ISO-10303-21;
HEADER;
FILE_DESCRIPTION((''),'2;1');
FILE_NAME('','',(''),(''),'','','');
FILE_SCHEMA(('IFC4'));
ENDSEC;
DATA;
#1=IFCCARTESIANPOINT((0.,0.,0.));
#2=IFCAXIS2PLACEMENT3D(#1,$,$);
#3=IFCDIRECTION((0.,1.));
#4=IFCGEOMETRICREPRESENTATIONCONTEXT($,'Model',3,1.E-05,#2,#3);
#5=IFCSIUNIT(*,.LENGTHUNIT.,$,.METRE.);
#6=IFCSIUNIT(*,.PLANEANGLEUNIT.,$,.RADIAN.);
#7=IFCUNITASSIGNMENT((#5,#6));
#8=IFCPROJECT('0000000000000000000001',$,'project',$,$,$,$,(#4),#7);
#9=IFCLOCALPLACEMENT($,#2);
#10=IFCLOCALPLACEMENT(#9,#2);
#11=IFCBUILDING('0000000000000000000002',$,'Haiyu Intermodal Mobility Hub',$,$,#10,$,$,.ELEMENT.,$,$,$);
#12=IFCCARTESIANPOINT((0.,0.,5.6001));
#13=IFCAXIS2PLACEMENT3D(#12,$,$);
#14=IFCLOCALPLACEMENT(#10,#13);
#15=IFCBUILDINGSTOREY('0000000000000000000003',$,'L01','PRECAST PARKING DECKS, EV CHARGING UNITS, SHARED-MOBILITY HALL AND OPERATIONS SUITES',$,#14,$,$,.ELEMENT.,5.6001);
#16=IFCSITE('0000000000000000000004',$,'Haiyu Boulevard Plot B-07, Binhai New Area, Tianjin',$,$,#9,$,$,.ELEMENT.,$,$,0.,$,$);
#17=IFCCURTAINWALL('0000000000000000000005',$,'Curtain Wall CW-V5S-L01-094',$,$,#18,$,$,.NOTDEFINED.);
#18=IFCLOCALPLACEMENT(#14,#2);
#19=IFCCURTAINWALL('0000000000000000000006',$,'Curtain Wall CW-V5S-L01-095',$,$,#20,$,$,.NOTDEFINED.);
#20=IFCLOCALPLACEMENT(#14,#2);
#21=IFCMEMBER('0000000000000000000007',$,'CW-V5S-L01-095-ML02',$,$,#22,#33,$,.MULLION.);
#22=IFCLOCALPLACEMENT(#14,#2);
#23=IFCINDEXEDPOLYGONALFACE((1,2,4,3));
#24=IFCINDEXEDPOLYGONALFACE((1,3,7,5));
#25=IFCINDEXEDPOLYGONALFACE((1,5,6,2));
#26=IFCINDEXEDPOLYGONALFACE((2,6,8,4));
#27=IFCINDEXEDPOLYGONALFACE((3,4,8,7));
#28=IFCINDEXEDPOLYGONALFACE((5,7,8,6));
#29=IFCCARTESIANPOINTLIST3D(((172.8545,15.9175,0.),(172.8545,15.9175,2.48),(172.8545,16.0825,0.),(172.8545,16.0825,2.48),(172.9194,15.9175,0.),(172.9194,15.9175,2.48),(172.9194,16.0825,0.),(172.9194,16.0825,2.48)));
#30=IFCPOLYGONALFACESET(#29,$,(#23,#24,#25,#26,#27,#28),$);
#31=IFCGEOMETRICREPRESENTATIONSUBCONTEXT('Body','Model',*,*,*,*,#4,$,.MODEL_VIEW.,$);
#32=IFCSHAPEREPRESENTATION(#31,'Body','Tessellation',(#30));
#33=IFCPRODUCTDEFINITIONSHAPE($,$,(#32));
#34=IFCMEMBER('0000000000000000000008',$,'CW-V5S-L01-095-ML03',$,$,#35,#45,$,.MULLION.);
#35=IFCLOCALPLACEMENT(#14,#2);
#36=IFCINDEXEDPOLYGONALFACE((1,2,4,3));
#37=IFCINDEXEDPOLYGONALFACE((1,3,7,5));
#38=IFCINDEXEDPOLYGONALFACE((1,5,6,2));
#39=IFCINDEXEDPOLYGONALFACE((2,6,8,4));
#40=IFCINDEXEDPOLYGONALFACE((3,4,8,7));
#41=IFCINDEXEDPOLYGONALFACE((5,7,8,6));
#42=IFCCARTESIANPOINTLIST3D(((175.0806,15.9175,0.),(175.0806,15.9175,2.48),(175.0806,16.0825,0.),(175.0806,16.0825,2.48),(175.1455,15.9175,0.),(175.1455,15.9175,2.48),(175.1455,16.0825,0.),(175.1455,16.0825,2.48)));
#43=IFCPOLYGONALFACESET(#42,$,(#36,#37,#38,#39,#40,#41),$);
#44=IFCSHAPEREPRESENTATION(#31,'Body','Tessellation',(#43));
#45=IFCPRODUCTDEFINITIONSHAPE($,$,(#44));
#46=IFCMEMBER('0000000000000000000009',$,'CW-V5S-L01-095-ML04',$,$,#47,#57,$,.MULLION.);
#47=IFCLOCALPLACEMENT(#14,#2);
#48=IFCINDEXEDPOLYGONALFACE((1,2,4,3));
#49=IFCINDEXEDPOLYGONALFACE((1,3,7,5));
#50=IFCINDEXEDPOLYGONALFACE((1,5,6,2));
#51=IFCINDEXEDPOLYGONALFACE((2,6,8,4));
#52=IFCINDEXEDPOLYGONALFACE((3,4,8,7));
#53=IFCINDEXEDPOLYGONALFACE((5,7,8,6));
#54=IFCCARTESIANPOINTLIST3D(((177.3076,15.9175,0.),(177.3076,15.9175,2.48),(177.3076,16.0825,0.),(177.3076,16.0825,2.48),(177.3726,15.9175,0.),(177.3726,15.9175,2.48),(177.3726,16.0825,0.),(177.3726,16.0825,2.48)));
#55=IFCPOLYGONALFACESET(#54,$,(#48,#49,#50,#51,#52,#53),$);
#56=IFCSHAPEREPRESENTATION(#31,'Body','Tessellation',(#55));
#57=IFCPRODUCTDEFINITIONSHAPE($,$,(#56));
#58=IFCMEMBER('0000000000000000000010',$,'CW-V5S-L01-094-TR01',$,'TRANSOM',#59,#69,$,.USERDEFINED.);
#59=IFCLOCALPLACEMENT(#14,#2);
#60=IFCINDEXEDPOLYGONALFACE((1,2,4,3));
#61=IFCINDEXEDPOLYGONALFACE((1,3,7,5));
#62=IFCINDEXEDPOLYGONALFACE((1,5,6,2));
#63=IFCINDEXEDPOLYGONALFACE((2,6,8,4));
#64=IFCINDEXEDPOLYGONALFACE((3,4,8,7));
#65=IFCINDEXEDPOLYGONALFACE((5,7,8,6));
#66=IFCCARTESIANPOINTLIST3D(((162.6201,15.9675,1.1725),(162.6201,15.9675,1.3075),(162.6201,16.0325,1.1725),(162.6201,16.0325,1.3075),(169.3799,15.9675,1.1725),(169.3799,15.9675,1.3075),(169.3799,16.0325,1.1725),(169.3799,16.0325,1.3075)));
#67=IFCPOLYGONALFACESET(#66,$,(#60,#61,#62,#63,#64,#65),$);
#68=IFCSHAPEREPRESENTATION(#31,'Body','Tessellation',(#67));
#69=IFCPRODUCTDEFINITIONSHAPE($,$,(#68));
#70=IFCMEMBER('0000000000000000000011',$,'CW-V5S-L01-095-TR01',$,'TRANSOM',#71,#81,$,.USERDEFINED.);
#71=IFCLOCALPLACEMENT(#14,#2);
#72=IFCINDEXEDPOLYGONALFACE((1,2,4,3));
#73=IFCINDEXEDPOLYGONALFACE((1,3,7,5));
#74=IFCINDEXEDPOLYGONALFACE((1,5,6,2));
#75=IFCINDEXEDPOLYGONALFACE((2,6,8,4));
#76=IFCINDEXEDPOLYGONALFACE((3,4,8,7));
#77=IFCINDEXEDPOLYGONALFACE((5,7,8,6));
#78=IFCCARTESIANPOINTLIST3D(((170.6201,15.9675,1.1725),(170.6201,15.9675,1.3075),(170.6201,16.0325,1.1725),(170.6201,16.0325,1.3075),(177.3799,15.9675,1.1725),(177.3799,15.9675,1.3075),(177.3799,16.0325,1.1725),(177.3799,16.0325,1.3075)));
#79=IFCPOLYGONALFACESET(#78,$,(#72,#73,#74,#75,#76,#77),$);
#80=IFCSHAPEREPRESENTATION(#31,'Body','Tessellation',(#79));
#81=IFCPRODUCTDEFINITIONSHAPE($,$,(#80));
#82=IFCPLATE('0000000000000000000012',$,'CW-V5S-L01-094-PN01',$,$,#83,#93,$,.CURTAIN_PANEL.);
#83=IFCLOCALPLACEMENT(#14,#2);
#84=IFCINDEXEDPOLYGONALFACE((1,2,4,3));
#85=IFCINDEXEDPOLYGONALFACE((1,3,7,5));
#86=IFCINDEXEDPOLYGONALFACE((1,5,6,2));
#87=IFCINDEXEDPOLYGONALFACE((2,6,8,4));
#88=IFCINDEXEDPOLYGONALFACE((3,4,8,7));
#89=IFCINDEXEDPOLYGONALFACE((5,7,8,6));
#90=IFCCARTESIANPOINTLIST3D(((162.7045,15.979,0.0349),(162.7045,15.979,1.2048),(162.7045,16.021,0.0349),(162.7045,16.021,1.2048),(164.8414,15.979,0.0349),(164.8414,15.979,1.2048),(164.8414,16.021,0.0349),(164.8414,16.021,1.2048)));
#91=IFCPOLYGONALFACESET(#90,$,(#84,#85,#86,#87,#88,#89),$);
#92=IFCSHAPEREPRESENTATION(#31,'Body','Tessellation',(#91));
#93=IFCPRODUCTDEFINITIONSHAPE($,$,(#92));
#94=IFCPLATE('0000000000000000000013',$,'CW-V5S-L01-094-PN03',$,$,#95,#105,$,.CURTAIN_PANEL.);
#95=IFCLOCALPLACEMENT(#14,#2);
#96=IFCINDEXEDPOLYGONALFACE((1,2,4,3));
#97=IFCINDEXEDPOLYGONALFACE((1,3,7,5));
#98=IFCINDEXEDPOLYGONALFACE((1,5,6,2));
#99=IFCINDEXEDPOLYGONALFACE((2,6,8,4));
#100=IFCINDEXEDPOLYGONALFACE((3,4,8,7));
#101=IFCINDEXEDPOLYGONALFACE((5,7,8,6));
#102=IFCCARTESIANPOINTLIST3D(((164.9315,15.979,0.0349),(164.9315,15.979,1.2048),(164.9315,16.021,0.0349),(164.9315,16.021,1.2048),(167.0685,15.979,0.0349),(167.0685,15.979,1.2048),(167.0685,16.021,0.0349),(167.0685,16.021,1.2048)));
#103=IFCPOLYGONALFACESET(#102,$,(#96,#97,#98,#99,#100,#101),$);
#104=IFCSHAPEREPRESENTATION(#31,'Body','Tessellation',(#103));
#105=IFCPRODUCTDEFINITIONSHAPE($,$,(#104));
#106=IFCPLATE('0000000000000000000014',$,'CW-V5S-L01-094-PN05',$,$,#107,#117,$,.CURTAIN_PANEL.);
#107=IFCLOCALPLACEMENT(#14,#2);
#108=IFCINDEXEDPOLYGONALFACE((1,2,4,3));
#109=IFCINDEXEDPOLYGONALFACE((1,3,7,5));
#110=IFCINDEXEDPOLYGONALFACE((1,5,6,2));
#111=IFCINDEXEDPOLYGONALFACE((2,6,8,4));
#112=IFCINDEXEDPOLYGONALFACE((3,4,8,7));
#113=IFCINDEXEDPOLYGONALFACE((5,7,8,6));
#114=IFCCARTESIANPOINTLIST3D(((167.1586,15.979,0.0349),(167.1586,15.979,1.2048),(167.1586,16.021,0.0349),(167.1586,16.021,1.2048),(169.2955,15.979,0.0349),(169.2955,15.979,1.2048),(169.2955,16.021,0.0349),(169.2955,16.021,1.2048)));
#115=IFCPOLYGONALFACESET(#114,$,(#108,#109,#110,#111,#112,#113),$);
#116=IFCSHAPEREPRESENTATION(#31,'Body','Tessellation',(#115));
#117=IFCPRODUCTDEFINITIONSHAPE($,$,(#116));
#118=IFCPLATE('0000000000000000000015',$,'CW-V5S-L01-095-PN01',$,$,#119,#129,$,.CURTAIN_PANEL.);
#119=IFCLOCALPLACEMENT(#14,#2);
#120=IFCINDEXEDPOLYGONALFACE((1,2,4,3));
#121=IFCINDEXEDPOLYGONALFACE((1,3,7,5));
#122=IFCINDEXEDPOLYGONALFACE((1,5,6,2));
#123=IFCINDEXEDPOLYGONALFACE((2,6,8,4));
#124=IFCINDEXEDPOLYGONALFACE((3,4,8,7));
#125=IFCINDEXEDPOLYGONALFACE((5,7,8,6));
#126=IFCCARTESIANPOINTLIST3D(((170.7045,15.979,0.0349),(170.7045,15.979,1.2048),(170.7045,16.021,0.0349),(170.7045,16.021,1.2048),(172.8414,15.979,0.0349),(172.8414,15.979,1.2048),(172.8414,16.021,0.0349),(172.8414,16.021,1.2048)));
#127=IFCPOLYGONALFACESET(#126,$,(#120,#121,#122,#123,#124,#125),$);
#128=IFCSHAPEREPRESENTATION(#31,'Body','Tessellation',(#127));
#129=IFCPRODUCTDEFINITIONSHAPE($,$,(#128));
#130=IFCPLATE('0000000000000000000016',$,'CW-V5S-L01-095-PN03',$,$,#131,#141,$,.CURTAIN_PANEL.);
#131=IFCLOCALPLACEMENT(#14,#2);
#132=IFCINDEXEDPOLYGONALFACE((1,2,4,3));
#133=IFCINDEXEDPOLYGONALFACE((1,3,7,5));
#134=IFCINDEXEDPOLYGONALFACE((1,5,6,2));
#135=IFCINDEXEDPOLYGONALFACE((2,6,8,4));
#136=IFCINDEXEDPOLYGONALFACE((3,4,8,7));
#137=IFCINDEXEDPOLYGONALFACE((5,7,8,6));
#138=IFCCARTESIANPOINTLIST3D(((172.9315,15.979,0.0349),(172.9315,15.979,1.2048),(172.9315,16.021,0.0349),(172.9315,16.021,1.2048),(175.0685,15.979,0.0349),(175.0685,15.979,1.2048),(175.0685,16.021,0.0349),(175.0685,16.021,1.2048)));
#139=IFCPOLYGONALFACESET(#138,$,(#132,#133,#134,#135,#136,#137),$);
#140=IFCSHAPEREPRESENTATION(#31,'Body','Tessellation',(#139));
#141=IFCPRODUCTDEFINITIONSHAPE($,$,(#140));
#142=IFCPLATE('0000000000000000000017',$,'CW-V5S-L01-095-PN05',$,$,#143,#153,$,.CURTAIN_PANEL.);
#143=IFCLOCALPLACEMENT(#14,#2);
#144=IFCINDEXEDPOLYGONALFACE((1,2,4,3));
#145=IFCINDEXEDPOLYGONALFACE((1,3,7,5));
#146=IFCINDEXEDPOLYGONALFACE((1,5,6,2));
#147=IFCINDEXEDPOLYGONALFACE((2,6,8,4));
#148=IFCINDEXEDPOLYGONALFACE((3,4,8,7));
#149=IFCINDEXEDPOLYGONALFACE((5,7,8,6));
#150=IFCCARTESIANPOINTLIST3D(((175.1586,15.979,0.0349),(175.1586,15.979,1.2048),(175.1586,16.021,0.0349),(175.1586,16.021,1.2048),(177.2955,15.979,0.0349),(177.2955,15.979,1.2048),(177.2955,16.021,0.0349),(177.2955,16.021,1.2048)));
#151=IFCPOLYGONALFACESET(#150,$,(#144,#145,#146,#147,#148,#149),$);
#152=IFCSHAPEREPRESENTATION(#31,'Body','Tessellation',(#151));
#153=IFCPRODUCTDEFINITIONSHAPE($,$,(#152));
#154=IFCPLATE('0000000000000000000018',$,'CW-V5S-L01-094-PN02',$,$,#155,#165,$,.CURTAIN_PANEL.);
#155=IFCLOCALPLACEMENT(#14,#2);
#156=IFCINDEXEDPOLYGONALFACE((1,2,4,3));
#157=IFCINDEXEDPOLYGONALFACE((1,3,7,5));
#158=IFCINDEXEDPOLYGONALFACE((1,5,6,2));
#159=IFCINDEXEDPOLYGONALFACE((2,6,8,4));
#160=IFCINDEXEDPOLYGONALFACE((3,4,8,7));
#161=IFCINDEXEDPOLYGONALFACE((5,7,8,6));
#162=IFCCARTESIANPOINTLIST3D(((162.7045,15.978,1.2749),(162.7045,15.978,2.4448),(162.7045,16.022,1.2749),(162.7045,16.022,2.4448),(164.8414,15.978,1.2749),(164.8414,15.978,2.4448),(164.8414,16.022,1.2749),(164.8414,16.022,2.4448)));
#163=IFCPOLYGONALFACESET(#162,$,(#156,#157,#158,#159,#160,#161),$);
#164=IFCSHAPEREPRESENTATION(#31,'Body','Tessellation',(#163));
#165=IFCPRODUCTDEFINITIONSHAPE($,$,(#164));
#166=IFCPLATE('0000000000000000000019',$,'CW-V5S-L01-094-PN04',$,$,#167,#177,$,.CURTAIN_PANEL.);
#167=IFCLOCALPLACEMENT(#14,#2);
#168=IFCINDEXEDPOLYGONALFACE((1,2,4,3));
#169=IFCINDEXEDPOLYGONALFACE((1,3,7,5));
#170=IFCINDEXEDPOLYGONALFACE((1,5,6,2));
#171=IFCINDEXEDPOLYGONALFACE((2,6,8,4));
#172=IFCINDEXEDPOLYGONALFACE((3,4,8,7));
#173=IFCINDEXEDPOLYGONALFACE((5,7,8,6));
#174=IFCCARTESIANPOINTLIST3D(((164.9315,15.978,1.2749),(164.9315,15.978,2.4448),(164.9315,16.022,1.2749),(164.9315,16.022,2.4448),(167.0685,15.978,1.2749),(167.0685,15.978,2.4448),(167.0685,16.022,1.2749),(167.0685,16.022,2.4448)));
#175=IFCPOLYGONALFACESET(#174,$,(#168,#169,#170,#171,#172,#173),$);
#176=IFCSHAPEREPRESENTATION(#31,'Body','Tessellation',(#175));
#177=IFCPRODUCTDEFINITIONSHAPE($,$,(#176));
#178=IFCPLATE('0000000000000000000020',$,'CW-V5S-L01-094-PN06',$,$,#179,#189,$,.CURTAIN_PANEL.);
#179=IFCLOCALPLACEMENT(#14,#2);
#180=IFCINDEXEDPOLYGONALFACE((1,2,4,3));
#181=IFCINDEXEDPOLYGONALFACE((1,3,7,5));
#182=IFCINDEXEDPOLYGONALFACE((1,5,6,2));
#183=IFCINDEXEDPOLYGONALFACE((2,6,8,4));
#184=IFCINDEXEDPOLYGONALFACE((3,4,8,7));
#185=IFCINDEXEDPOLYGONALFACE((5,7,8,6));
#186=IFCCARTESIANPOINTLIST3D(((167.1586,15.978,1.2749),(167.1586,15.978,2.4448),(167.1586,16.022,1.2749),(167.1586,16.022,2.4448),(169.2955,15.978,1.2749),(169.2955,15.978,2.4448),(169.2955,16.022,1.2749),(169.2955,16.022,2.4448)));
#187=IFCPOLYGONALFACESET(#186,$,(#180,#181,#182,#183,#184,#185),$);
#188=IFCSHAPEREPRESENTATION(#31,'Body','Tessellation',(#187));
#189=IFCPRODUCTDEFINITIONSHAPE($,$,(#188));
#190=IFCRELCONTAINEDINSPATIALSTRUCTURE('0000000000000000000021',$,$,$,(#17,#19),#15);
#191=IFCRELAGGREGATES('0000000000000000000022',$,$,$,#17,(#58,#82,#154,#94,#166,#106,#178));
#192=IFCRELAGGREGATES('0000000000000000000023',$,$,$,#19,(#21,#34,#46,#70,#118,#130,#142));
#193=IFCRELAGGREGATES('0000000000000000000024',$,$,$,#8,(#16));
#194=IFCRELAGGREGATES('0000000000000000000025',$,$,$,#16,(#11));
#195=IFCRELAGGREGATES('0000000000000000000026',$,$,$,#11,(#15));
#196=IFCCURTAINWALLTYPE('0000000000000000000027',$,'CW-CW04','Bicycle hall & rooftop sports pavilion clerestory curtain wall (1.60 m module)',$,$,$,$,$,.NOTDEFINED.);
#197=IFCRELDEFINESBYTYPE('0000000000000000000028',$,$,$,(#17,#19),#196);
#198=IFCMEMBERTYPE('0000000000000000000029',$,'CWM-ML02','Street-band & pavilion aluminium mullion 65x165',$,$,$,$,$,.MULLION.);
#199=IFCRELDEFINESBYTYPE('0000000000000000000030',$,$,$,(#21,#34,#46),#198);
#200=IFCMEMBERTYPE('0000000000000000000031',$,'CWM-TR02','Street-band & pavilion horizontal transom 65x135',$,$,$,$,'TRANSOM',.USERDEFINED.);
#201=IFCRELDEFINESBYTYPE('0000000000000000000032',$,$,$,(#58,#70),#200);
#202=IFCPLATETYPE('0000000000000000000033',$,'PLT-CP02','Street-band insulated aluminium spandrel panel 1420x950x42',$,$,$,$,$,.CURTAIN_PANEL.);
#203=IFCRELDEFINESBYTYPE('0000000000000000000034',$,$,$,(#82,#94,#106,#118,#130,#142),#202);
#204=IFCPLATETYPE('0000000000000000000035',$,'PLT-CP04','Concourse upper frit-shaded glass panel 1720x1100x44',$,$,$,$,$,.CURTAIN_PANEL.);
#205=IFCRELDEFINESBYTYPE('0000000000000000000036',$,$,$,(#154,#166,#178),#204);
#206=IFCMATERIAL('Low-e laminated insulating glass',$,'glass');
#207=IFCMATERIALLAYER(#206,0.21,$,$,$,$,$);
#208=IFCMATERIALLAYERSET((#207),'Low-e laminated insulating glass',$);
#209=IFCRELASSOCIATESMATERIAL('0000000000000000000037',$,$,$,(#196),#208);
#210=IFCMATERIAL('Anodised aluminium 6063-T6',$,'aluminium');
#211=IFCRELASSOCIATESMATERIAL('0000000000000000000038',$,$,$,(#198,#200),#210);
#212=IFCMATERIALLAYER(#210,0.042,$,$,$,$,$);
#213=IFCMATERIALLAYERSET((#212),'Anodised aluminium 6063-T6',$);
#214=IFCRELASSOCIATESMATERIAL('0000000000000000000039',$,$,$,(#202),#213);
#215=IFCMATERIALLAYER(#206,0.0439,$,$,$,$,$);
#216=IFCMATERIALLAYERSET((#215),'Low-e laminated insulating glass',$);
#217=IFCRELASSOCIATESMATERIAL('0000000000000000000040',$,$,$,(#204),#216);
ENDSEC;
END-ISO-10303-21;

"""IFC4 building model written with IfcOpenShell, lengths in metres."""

from ifc_helpers import new_model, si_unit, direction, frame, origin, origin_2d, place, context, subcontext, project, spatial, rectangle, extrude, material, layer, layer_set, material_profile, profile_set, type_object, element, aggregate, save


model = new_model("IFC4")

# Units and contexts
model_context = context("Model", 3, precision=1e-05, world=origin(), true_north=direction((0.0, 1.0)))
body_context = subcontext(model_context, "Body", "Model", "MODEL_VIEW")
ifc_project = project(units=[si_unit("LENGTHUNIT", "METRE"), si_unit("PLANEANGLEUNIT", "RADIAN")], contexts=[model_context])

# Site, building, storey
site_placement = place(None, origin())
site = spatial("IfcSite", under=ifc_project, at=site_placement, Name="Haiyu Boulevard Plot B-07, Binhai New Area, Tianjin", CompositionType="ELEMENT", RefElevation=0.0)
building_placement = place(site_placement, origin())
building = spatial("IfcBuilding", under=site, at=building_placement, Name="Haiyu Intermodal Mobility Hub", CompositionType="ELEMENT")
storey_placement = place(building_placement, frame((0.0, 0.0, 5.6001)))
storey = spatial("IfcBuildingStorey", under=building, at=storey_placement, Name="L01", Description="PRECAST PARKING DECKS, EV CHARGING UNITS, SHARED-MOBILITY HALL AND OPERATIONS SUITES", CompositionType="ELEMENT", Elevation=5.6001)

# Curtain walls, members
ifc_material_1 = material(Name="Low-e laminated insulating glass", Category="glass")
ifc_layer_1 = layer(ifc_material_1, 0.21)
ifc_layer_set_1 = layer_set([ifc_layer_1], Name="Low-e laminated insulating glass")
curtain_wall_type = type_object("IfcCurtainWallType", Name="CW-CW04", Description="Bicycle hall & rooftop sports pavilion clerestory curtain wall (1.60 m module)", PredefinedType="NOTDEFINED", material=ifc_layer_set_1)
curtain_wall_1_placement = place(storey_placement, origin())
curtain_wall_1 = element("IfcCurtainWall", 1, at=curtain_wall_1_placement, inside=storey, type_object=curtain_wall_type, Name="Curtain Wall CW-V5S-L01-094", PredefinedType="NOTDEFINED")
ifc_material_2 = material(Name="Anodised aluminium 6063-T6", Category="aluminium")
ifc_material_profile_1 = material_profile(ifc_material_2, rectangle(XDim=0.0649, YDim=0.165, at=origin_2d()), Name="ALU65x165")
ifc_profile_set_1 = profile_set([ifc_material_profile_1], Name="Anodised aluminium 6063-T6")
member_type_1 = type_object("IfcMemberType", Name="CWM-ML02", Description="Street-band & pavilion aluminium mullion 65x165", PredefinedType="MULLION", material=ifc_profile_set_1)
curtain_wall_2_placement = place(storey_placement, origin())
curtain_wall_2 = element("IfcCurtainWall", 2, at=curtain_wall_2_placement, inside=storey, type_object=curtain_wall_type, Name="Curtain Wall CW-V5S-L01-095", PredefinedType="NOTDEFINED")
member_1_placement = place(storey_placement, frame((172.887, 16.0, 0.0), z_axis=(0.0, 0.0, 1.0), x_axis=(1.0, 0.0, 0.0)))
member_1 = element("IfcMember", 3, at=member_1_placement, type_object=member_type_1, Name="CW-V5S-L01-095-ML02", PredefinedType="MULLION", context=body_context, shape_type="SweptSolid", body=[
    extrude(rectangle(XDim=0.0649, YDim=0.165, at=origin_2d()), origin(), (0.0, 0.0, 1.0), 2.48),
])
member_2_placement = place(storey_placement, frame((175.113, 16.0, 0.0), z_axis=(0.0, 0.0, 1.0), x_axis=(1.0, 0.0, 0.0)))
member_2 = element("IfcMember", 4, at=member_2_placement, type_object=member_type_1, Name="CW-V5S-L01-095-ML03", PredefinedType="MULLION", context=body_context, shape_type="SweptSolid", body=[
    extrude(rectangle(XDim=0.0649, YDim=0.165, at=origin_2d()), origin(), (0.0, 0.0, 1.0), 2.48),
])
member_3_placement = place(storey_placement, frame((177.3401, 16.0, 0.0), z_axis=(0.0, 0.0, 1.0), x_axis=(1.0, 0.0, 0.0)))
member_3 = element("IfcMember", 5, at=member_3_placement, type_object=member_type_1, Name="CW-V5S-L01-095-ML04", PredefinedType="MULLION", context=body_context, shape_type="SweptSolid", body=[
    extrude(rectangle(XDim=0.0649, YDim=0.165, at=origin_2d()), origin(), (0.0, 0.0, 1.0), 2.48),
])

# Members
ifc_material_profile_2 = material_profile(ifc_material_2, rectangle(XDim=0.0649, YDim=0.135, at=origin_2d()), Name="ALU65x135")
ifc_profile_set_2 = profile_set([ifc_material_profile_2], Name="Anodised aluminium 6063-T6")
member_type_2 = type_object("IfcMemberType", Name="CWM-TR02", Description="Street-band & pavilion horizontal transom 65x135", ElementType="TRANSOM", PredefinedType="USERDEFINED", material=ifc_profile_set_2)
member_4_placement = place(storey_placement, frame((162.6201, 16.0, 1.24), z_axis=(1.0, 0.0, 0.0), x_axis=(0.0, 1.0, 0.0)))
member_4 = element("IfcMember", 6, at=member_4_placement, type_object=member_type_2, Name="CW-V5S-L01-094-TR01", ObjectType="TRANSOM", PredefinedType="USERDEFINED", context=body_context, shape_type="SweptSolid", body=[
    extrude(rectangle(XDim=0.0649, YDim=0.135, at=origin_2d()), origin(), (0.0, 0.0, 1.0), 6.7598),
])
member_5_placement = place(storey_placement, frame((170.6201, 16.0, 1.24), z_axis=(1.0, 0.0, 0.0), x_axis=(0.0, 1.0, 0.0)))
member_5 = element("IfcMember", 7, at=member_5_placement, type_object=member_type_2, Name="CW-V5S-L01-095-TR01", ObjectType="TRANSOM", PredefinedType="USERDEFINED", context=body_context, shape_type="SweptSolid", body=[
    extrude(rectangle(XDim=0.0649, YDim=0.135, at=origin_2d()), origin(), (0.0, 0.0, 1.0), 6.7598),
])

# Plates
ifc_layer_2 = layer(ifc_material_2, 0.042)
ifc_layer_set_2 = layer_set([ifc_layer_2], Name="Anodised aluminium 6063-T6")
plate_type_1 = type_object("IfcPlateType", Name="PLT-CP02", Description="Street-band insulated aluminium spandrel panel 1420x950x42", PredefinedType="CURTAIN_PANEL", material=ifc_layer_set_2)
plate_1_placement = place(storey_placement, frame((163.7729, 16.0, 0.0349), z_axis=(0.0, 0.0, 1.0), x_axis=(1.0, 0.0, 0.0)))
plate_1 = element("IfcPlate", 8, at=plate_1_placement, type_object=plate_type_1, Name="CW-V5S-L01-094-PN01", PredefinedType="CURTAIN_PANEL", context=body_context, shape_type="SweptSolid", body=[
    extrude(rectangle(XDim=2.137, YDim=0.042, at=origin_2d()), origin(), (0.0, 0.0, 1.0), 1.1699),
])
plate_2_placement = place(storey_placement, frame((166.0, 16.0, 0.0349), z_axis=(0.0, 0.0, 1.0), x_axis=(1.0, 0.0, 0.0)))
plate_2 = element("IfcPlate", 9, at=plate_2_placement, type_object=plate_type_1, Name="CW-V5S-L01-094-PN03", PredefinedType="CURTAIN_PANEL", context=body_context, shape_type="SweptSolid", body=[
    extrude(rectangle(XDim=2.137, YDim=0.042, at=origin_2d()), origin(), (0.0, 0.0, 1.0), 1.1699),
])
plate_3_placement = place(storey_placement, frame((168.2271, 16.0, 0.0349), z_axis=(0.0, 0.0, 1.0), x_axis=(1.0, 0.0, 0.0)))
plate_3 = element("IfcPlate", 10, at=plate_3_placement, type_object=plate_type_1, Name="CW-V5S-L01-094-PN05", PredefinedType="CURTAIN_PANEL", context=body_context, shape_type="SweptSolid", body=[
    extrude(rectangle(XDim=2.137, YDim=0.042, at=origin_2d()), origin(), (0.0, 0.0, 1.0), 1.1699),
])
plate_4_placement = place(storey_placement, frame((171.7729, 16.0, 0.0349), z_axis=(0.0, 0.0, 1.0), x_axis=(1.0, 0.0, 0.0)))
plate_4 = element("IfcPlate", 11, at=plate_4_placement, type_object=plate_type_1, Name="CW-V5S-L01-095-PN01", PredefinedType="CURTAIN_PANEL", context=body_context, shape_type="SweptSolid", body=[
    extrude(rectangle(XDim=2.137, YDim=0.042, at=origin_2d()), origin(), (0.0, 0.0, 1.0), 1.1699),
])
plate_5_placement = place(storey_placement, frame((174.0, 16.0, 0.0349), z_axis=(0.0, 0.0, 1.0), x_axis=(1.0, 0.0, 0.0)))
plate_5 = element("IfcPlate", 12, at=plate_5_placement, type_object=plate_type_1, Name="CW-V5S-L01-095-PN03", PredefinedType="CURTAIN_PANEL", context=body_context, shape_type="SweptSolid", body=[
    extrude(rectangle(XDim=2.137, YDim=0.042, at=origin_2d()), origin(), (0.0, 0.0, 1.0), 1.1699),
])
plate_6_placement = place(storey_placement, frame((176.2271, 16.0, 0.0349), z_axis=(0.0, 0.0, 1.0), x_axis=(1.0, 0.0, 0.0)))
plate_6 = element("IfcPlate", 13, at=plate_6_placement, type_object=plate_type_1, Name="CW-V5S-L01-095-PN05", PredefinedType="CURTAIN_PANEL", context=body_context, shape_type="SweptSolid", body=[
    extrude(rectangle(XDim=2.137, YDim=0.042, at=origin_2d()), origin(), (0.0, 0.0, 1.0), 1.1699),
])
ifc_layer_3 = layer(ifc_material_1, 0.0439)
ifc_layer_set_3 = layer_set([ifc_layer_3], Name="Low-e laminated insulating glass")
plate_type_2 = type_object("IfcPlateType", Name="PLT-CP04", Description="Concourse upper frit-shaded glass panel 1720x1100x44", PredefinedType="CURTAIN_PANEL", material=ifc_layer_set_3)
plate_7_placement = place(storey_placement, frame((163.7729, 16.0, 1.2749), z_axis=(0.0, 0.0, 1.0), x_axis=(1.0, 0.0, 0.0)))
plate_7 = element("IfcPlate", 14, at=plate_7_placement, type_object=plate_type_2, Name="CW-V5S-L01-094-PN02", PredefinedType="CURTAIN_PANEL", context=body_context, shape_type="SweptSolid", body=[
    extrude(rectangle(XDim=2.137, YDim=0.0439, at=origin_2d()), origin(), (0.0, 0.0, 1.0), 1.1699),
])
plate_8_placement = place(storey_placement, frame((166.0, 16.0, 1.2749), z_axis=(0.0, 0.0, 1.0), x_axis=(1.0, 0.0, 0.0)))
plate_8 = element("IfcPlate", 15, at=plate_8_placement, type_object=plate_type_2, Name="CW-V5S-L01-094-PN04", PredefinedType="CURTAIN_PANEL", context=body_context, shape_type="SweptSolid", body=[
    extrude(rectangle(XDim=2.137, YDim=0.0439, at=origin_2d()), origin(), (0.0, 0.0, 1.0), 1.1699),
])
plate_9_placement = place(storey_placement, frame((168.2271, 16.0, 1.2749), z_axis=(0.0, 0.0, 1.0), x_axis=(1.0, 0.0, 0.0)))
plate_9 = element("IfcPlate", 16, at=plate_9_placement, type_object=plate_type_2, Name="CW-V5S-L01-094-PN06", PredefinedType="CURTAIN_PANEL", context=body_context, shape_type="SweptSolid", body=[
    extrude(rectangle(XDim=2.137, YDim=0.0439, at=origin_2d()), origin(), (0.0, 0.0, 1.0), 1.1699),
])
aggregate(curtain_wall_1, [member_4, plate_1, plate_7, plate_2, plate_8, plate_3, plate_9])
aggregate(curtain_wall_2, [member_1, member_2, member_3, member_5, plate_4, plate_5, plate_6])

save(model, "model.ifc")
